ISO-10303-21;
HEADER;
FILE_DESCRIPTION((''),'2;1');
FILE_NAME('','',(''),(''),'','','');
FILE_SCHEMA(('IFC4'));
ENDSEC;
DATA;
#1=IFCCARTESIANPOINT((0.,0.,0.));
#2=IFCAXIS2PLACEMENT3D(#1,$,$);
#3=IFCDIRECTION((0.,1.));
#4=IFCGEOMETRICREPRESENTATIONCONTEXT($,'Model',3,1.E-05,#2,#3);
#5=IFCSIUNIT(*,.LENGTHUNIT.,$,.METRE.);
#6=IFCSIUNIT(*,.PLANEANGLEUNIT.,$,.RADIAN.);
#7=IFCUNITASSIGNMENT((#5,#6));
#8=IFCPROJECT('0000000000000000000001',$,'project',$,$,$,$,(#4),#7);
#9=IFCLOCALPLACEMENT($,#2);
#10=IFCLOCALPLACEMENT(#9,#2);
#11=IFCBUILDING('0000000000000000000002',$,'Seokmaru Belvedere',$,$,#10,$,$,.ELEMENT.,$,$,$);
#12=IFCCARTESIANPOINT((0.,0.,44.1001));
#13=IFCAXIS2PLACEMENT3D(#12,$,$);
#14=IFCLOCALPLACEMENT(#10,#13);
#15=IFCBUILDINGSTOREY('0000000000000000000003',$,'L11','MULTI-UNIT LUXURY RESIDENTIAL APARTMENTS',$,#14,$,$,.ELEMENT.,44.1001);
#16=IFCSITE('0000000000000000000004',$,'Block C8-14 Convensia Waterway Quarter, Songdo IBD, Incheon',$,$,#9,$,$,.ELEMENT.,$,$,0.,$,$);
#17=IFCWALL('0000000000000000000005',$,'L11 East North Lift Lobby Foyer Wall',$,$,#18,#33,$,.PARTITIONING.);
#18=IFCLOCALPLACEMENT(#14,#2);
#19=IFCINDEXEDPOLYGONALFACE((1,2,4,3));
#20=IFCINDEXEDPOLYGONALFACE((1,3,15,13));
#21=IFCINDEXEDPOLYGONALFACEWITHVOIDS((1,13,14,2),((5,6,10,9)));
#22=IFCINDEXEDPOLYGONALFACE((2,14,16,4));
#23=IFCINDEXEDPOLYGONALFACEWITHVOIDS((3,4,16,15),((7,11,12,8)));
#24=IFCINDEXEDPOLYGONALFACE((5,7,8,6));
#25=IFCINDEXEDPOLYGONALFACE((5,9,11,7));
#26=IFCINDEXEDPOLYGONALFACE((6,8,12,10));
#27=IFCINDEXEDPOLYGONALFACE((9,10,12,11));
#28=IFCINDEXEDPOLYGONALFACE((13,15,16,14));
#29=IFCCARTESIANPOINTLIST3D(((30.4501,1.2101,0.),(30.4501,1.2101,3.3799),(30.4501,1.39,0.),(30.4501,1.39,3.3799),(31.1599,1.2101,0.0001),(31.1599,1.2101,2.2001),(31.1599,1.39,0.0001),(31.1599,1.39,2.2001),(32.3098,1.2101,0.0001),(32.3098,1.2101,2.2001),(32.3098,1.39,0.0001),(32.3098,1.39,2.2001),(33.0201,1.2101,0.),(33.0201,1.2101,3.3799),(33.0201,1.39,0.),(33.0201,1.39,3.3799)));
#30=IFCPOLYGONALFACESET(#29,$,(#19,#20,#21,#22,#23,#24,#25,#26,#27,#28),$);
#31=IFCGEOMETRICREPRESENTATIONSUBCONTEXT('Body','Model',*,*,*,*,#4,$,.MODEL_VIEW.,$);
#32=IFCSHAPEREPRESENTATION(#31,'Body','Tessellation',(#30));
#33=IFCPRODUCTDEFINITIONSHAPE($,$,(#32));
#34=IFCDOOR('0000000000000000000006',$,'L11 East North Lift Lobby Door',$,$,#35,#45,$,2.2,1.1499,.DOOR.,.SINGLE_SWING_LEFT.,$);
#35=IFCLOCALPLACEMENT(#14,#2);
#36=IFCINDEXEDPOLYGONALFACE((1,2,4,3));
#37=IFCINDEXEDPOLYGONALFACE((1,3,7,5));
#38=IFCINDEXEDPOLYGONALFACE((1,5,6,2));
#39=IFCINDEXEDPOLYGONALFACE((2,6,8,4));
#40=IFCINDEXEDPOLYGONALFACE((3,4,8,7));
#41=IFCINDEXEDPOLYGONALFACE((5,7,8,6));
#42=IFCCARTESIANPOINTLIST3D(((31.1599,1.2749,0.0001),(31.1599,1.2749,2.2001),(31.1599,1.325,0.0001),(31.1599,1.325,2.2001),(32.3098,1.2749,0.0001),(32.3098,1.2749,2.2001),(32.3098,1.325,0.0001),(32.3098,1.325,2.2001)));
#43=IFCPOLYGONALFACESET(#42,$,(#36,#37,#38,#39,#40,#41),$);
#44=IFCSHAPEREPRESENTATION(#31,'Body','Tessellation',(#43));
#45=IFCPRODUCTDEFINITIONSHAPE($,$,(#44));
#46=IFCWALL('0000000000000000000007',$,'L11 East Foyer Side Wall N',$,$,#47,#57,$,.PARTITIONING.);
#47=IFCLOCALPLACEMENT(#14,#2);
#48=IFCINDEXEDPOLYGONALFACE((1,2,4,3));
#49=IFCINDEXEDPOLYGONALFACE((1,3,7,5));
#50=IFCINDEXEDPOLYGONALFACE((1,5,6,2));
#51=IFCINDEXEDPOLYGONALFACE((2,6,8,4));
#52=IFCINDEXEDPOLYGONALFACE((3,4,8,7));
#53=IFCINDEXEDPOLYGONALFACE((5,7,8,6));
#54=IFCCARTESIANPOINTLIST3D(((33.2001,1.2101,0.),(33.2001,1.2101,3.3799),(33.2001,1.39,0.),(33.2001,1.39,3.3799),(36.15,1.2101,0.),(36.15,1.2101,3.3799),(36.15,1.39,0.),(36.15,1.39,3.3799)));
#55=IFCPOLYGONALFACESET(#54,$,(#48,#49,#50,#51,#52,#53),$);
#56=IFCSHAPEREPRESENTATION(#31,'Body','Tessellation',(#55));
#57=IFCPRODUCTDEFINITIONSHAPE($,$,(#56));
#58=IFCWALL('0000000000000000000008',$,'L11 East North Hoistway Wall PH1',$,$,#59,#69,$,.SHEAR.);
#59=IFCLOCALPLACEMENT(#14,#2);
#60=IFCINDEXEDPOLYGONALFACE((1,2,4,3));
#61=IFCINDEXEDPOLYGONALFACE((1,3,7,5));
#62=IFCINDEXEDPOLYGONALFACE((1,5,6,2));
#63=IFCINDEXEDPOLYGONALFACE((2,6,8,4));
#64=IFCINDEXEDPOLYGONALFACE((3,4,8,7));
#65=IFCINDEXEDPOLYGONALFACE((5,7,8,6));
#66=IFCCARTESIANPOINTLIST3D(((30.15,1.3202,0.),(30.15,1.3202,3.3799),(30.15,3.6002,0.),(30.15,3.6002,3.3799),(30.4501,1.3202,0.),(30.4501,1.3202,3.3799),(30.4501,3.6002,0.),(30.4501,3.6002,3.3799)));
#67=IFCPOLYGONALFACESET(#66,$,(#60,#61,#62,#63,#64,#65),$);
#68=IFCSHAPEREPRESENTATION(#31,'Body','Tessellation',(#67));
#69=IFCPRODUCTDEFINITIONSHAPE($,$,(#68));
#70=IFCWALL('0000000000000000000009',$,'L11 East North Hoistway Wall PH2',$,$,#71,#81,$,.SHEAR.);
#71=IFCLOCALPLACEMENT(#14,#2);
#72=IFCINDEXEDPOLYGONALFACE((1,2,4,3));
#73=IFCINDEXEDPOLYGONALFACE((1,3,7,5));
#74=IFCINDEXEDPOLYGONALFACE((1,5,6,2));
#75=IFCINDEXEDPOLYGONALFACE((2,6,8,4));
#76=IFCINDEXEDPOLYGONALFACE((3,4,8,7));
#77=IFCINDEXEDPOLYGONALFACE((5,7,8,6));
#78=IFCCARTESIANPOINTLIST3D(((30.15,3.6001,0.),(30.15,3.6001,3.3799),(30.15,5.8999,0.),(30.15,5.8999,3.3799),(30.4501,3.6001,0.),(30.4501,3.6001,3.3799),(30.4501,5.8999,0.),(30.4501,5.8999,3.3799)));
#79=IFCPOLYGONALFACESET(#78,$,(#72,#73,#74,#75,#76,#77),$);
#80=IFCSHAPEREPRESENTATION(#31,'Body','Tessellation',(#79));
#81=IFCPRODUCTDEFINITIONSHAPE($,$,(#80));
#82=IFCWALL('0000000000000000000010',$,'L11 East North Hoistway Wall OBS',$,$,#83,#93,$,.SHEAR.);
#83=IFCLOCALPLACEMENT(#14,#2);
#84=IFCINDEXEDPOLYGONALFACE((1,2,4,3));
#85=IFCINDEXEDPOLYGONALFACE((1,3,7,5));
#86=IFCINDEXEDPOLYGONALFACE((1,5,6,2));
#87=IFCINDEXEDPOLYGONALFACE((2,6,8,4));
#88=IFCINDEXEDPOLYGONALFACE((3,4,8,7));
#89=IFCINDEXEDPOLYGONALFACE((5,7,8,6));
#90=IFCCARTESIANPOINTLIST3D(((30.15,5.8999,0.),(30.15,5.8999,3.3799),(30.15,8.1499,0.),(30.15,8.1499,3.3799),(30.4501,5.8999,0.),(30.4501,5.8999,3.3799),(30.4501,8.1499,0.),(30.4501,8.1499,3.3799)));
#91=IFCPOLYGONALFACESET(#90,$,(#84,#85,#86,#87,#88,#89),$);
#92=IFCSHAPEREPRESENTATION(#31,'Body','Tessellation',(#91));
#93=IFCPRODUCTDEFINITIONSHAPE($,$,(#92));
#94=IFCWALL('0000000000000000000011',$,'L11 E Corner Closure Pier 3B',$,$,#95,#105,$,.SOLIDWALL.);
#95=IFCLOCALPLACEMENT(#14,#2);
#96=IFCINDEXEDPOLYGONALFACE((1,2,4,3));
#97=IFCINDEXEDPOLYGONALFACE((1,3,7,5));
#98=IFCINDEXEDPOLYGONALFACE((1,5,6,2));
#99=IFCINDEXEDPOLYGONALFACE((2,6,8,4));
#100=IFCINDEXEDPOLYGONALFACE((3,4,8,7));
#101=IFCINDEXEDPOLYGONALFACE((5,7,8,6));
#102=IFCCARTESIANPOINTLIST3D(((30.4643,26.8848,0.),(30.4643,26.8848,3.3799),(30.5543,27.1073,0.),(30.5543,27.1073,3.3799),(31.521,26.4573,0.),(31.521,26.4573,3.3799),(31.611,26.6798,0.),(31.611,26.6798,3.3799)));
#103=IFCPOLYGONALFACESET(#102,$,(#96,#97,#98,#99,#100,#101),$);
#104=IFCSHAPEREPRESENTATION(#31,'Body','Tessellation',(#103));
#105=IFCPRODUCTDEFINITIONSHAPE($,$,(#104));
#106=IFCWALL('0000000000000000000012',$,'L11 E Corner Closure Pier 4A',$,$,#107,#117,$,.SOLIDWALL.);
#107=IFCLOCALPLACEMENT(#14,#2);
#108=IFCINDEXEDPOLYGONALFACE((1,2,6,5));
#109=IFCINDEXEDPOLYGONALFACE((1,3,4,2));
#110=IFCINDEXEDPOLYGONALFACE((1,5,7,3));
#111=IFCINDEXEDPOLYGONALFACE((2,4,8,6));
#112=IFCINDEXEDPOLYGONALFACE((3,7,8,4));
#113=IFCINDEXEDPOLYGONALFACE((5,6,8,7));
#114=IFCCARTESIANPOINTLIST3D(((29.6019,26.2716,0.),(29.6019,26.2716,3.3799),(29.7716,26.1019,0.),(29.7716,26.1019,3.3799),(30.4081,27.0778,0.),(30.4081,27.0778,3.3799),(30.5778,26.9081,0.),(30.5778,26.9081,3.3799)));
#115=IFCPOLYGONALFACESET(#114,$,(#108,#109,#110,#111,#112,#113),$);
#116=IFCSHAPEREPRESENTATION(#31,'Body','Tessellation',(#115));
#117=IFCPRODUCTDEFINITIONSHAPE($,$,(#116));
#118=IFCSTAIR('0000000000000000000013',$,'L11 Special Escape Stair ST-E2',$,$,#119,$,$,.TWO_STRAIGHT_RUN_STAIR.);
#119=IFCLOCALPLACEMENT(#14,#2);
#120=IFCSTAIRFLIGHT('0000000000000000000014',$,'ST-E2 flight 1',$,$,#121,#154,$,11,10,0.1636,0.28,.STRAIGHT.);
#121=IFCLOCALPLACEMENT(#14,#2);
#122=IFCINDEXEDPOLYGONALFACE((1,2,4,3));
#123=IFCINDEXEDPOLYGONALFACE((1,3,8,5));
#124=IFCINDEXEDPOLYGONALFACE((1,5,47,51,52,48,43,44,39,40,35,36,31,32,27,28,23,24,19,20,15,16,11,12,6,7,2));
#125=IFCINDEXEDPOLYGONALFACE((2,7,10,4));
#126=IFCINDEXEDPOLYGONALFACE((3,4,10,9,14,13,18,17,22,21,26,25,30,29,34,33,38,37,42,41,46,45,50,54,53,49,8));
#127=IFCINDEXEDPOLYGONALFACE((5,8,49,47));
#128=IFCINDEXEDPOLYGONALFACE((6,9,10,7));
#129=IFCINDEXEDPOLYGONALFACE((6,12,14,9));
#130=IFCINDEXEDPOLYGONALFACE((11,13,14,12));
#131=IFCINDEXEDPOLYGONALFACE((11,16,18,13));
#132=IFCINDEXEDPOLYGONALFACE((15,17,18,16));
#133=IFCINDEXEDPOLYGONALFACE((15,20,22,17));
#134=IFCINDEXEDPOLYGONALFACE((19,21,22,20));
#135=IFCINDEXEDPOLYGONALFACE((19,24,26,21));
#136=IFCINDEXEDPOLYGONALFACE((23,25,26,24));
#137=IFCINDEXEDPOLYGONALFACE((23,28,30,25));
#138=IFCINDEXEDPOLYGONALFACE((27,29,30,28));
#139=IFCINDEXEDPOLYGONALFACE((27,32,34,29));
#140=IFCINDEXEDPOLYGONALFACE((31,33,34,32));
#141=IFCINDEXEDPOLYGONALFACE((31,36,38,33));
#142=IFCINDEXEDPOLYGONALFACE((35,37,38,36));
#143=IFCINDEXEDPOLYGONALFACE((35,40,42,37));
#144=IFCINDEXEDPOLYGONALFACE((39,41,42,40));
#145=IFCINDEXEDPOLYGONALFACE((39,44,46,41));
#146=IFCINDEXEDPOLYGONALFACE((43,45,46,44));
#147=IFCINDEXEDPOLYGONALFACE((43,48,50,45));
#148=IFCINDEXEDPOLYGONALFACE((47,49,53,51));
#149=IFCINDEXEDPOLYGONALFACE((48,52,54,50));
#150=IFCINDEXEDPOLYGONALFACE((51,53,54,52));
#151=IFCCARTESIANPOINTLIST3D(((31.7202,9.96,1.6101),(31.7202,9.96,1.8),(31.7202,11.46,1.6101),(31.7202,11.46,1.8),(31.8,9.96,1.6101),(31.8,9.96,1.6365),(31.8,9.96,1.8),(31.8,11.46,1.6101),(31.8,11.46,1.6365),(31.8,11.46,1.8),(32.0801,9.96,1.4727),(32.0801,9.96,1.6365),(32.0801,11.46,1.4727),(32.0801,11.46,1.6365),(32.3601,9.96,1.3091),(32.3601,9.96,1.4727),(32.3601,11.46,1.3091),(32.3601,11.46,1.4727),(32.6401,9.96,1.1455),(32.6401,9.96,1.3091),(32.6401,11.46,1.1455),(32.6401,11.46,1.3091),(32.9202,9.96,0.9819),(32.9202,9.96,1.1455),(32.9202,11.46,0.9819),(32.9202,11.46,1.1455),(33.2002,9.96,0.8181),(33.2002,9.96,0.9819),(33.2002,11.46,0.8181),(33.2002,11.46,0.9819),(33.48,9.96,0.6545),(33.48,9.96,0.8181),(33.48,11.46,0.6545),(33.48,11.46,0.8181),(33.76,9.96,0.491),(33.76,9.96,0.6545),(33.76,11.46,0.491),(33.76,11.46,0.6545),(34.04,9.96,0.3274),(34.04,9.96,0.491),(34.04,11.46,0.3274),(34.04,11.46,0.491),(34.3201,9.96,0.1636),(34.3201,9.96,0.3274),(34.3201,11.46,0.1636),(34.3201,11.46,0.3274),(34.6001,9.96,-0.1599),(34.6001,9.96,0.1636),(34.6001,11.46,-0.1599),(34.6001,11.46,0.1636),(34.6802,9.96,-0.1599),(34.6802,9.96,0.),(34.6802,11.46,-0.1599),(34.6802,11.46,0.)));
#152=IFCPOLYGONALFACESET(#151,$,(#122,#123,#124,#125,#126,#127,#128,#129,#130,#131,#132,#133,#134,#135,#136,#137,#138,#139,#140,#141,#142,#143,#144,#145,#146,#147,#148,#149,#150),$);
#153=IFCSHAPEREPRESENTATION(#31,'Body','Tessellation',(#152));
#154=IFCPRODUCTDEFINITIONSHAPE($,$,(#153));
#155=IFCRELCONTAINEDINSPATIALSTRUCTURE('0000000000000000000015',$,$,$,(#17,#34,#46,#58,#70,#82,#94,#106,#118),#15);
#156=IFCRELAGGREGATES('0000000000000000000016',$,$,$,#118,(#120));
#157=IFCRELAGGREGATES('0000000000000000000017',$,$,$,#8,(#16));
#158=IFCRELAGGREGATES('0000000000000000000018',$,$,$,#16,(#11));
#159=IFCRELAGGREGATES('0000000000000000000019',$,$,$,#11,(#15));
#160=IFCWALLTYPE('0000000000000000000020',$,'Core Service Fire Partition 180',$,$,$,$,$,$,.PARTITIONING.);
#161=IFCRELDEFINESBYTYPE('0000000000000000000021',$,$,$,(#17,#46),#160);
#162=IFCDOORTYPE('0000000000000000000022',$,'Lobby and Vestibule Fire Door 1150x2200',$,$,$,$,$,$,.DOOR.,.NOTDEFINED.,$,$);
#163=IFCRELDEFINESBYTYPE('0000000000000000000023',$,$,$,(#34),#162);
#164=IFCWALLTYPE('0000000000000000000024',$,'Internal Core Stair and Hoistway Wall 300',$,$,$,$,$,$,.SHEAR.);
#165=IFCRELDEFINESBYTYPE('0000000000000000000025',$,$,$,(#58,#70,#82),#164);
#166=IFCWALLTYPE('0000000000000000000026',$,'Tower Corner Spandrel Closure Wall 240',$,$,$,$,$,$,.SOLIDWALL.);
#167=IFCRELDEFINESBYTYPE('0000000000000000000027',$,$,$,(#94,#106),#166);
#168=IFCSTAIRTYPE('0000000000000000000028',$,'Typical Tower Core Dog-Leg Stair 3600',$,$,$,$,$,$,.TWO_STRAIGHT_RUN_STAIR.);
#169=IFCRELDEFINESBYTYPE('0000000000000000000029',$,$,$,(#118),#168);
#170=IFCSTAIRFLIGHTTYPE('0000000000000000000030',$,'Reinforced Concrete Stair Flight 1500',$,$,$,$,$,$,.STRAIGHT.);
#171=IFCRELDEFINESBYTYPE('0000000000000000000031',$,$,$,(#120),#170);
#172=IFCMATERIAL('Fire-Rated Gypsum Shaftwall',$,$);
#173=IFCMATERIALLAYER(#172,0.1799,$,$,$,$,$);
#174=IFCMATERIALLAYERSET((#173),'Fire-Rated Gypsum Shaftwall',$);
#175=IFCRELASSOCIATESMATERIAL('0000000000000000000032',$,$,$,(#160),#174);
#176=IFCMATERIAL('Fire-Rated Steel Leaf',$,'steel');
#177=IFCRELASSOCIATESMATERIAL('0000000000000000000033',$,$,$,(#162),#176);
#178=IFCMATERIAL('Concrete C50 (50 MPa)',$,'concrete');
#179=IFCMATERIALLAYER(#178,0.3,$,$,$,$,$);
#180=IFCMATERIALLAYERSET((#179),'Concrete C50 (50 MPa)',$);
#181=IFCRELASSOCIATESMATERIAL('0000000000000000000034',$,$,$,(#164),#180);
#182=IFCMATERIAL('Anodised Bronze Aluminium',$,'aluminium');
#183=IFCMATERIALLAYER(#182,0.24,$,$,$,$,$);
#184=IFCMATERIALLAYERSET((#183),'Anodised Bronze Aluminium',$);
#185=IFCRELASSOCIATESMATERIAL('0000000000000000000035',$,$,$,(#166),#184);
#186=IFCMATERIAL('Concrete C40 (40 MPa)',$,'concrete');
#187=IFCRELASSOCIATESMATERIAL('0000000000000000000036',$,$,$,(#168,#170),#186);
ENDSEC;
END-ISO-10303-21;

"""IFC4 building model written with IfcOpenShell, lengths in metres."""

from ifc_helpers import new_model, si_unit, direction, frame, frame_2d, origin, place, context, subcontext, project, spatial, polyline, rectangle, outline, extrude, source, transform, mapped, material, layer, layer_set, type_object, type_shapes, element, fill, aggregate, save


model = new_model("IFC4")

# Units and contexts
model_context = context("Model", 3, precision=1e-05, world=origin(), true_north=direction((0.0, 1.0)))
body_context = subcontext(model_context, "Body", "Model", "MODEL_VIEW")
ifc_project = project(units=[si_unit("LENGTHUNIT", "METRE"), si_unit("PLANEANGLEUNIT", "RADIAN")], contexts=[model_context])

# Site, building, storey
site_placement = place(None, origin())
site = spatial("IfcSite", under=ifc_project, at=site_placement, Name="Block C8-14 Convensia Waterway Quarter, Songdo IBD, Incheon", CompositionType="ELEMENT", RefElevation=0.0)
building_placement = place(site_placement, origin())
building = spatial("IfcBuilding", under=site, at=building_placement, Name="Seokmaru Belvedere", CompositionType="ELEMENT")
storey_placement = place(building_placement, frame((0.0, 0.0, 44.1001)))
storey = spatial("IfcBuildingStorey", under=building, at=storey_placement, Name="L11", Description="MULTI-UNIT LUXURY RESIDENTIAL APARTMENTS", CompositionType="ELEMENT", Elevation=44.1001)

# Shared definitions
ifc_material_1 = material(Name="Anodised Bronze Aluminium", Category="aluminium")

# Shared definitions
ifc_material_2 = material(Name="Fire-Rated Gypsum Shaftwall")
ifc_layer_1 = layer(ifc_material_2, 0.1799)
ifc_layer_set_1 = layer_set([ifc_layer_1], Name="Fire-Rated Gypsum Shaftwall")
wall_type_1 = type_object("IfcWallType", Name="Core Service Fire Partition 180", PredefinedType="PARTITIONING", material=ifc_layer_set_1)

# Wall, opening, door
wall_1_placement = place(storey_placement, frame((30.45, 1.3, 0.0), z_axis=(0.0, 0.0, 1.0), x_axis=(1.0, 0.0, 0.0)))
wall_1 = element("IfcWall", 1, at=wall_1_placement, inside=storey, type_object=wall_type_1, Name="L11 East North Lift Lobby Foyer Wall", PredefinedType="PARTITIONING", context=body_context, shape_type="SweptSolid", body=[
    extrude(rectangle(XDim=2.5701, YDim=0.1799, at=frame_2d((1.2852, 0.0))), origin(), (0.0, 0.0, 1.0), 3.3799),
])
opening_1_placement = place(wall_1_placement, frame((0.71, 0.0, 0.0)))
opening_1 = element("IfcOpeningElement", 2, at=opening_1_placement, cuts=wall_1, PredefinedType="OPENING", context=body_context, shape_type="SweptSolid", body=[
    extrude(rectangle(XDim=1.1499, YDim=2.2, at=frame_2d((0.575, 1.1001))), frame((0.0, 0.1001, 0.0), z_axis=(0.0, -1.0, 0.0), x_axis=(1.0, 0.0, 0.0)), (0.0, 0.0, 1.0), 0.2),
])
ifc_material_3 = material(Name="Fire-Rated Steel Leaf", Category="steel")
door_type_1 = type_object("IfcDoorType", Name="Lobby and Vestibule Fire Door 1150x2200", OperationType="NOTDEFINED", PredefinedType="DOOR", material=ifc_material_3)
shared_shape_1 = source(origin(), body_context, "Body", "SweptSolid", [
    extrude(rectangle(XDim=1.1499, YDim=2.2, at=frame_2d((0.575, 1.1001))), frame((0.0, 0.0249, 0.0), z_axis=(0.0, -1.0, 0.0), x_axis=(1.0, 0.0, 0.0)), (0.0, 0.0, 1.0), 0.05),
])
type_shapes(door_type_1, [shared_shape_1])
door_1_placement = place(opening_1_placement, origin())
door_1 = element("IfcDoor", 3, at=door_1_placement, inside=storey, type_object=door_type_1, Name="L11 East North Lift Lobby Door", OperationType="SINGLE_SWING_LEFT", OverallHeight=2.2, OverallWidth=1.1499, PredefinedType="DOOR", context=body_context, shape_type="MappedRepresentation", body=[
    mapped(shared_shape_1, transform((0.0, 0.0, 0.0), scale=1.0)),
])
fill(opening_1, door_1)

# Walls
wall_2_placement = place(storey_placement, frame((33.2, 1.3, 0.0), z_axis=(0.0, 0.0, 1.0), x_axis=(1.0, 0.0, 0.0)))
element("IfcWall", 4, at=wall_2_placement, inside=storey, type_object=wall_type_1, Name="L11 East Foyer Side Wall N", PredefinedType="PARTITIONING", context=body_context, shape_type="SweptSolid", body=[
    extrude(rectangle(XDim=2.95, YDim=0.1799, at=frame_2d((1.4751, 0.0))), origin(), (0.0, 0.0, 1.0), 3.3799),
])
ifc_material_4 = material(Name="Concrete C50 (50 MPa)", Category="concrete")
ifc_layer_2 = layer(ifc_material_4, 0.3)
ifc_layer_set_2 = layer_set([ifc_layer_2], Name="Concrete C50 (50 MPa)")
wall_type_2 = type_object("IfcWallType", Name="Internal Core Stair and Hoistway Wall 300", PredefinedType="SHEAR", material=ifc_layer_set_2)
wall_3_placement = place(storey_placement, frame((30.3, 1.3201, 0.0), z_axis=(0.0, 0.0, 1.0), x_axis=(0.0, 1.0, 0.0)))
element("IfcWall", 5, at=wall_3_placement, inside=storey, type_object=wall_type_2, Name="L11 East North Hoistway Wall PH1", PredefinedType="SHEAR", context=body_context, shape_type="SweptSolid", body=[
    extrude(rectangle(XDim=2.28, YDim=0.3, at=frame_2d((1.1401, 0.0))), origin(), (0.0, 0.0, 1.0), 3.3799),
])
wall_4_placement = place(storey_placement, frame((30.3, 3.6001, 0.0), z_axis=(0.0, 0.0, 1.0), x_axis=(0.0, 1.0, 0.0)))
element("IfcWall", 6, at=wall_4_placement, inside=storey, type_object=wall_type_2, Name="L11 East North Hoistway Wall PH2", PredefinedType="SHEAR", context=body_context, shape_type="SweptSolid", body=[
    extrude(rectangle(XDim=2.2998, YDim=0.3, at=frame_2d((1.1499, 0.0))), origin(), (0.0, 0.0, 1.0), 3.3799),
])
wall_5_placement = place(storey_placement, frame((30.3, 5.8999, 0.0), z_axis=(0.0, 0.0, 1.0), x_axis=(0.0, 1.0, 0.0)))
element("IfcWall", 7, at=wall_5_placement, inside=storey, type_object=wall_type_2, Name="L11 East North Hoistway Wall OBS", PredefinedType="SHEAR", context=body_context, shape_type="SweptSolid", body=[
    extrude(rectangle(XDim=2.25, YDim=0.3, at=frame_2d((1.125, 0.0))), origin(), (0.0, 0.0, 1.0), 3.3799),
])

# Walls
ifc_layer_3 = layer(ifc_material_1, 0.24)
ifc_layer_set_3 = layer_set([ifc_layer_3], Name="Anodised Bronze Aluminium")
wall_type_3 = type_object("IfcWallType", Name="Tower Corner Spandrel Closure Wall 240", PredefinedType="SOLIDWALL", material=ifc_layer_set_3)
wall_6_placement = place(storey_placement, frame((31.5659, 26.5686, 0.0), z_axis=(0.0, 0.0, 1.0), x_axis=(-0.927007, 0.375044, 0.0)))
element("IfcWall", 8, at=wall_6_placement, inside=storey, type_object=wall_type_3, Name="L11 E Corner Closure Pier 3B", PredefinedType="SOLIDWALL", context=body_context, shape_type="SweptSolid", body=[
    extrude(rectangle(XDim=1.1399, YDim=0.24, at=frame_2d((0.5698, 0.0))), origin(), (0.0, 0.0, 1.0), 3.3799),
])
wall_7_placement = place(storey_placement, frame((30.4929, 26.9929, 0.0), z_axis=(0.0, 0.0, 1.0), x_axis=(-0.707107, -0.707107, 0.0)))
element("IfcWall", 9, at=wall_7_placement, inside=storey, type_object=wall_type_3, Name="L11 E Corner Closure Pier 4A", PredefinedType="SOLIDWALL", context=body_context, shape_type="SweptSolid", body=[
    extrude(rectangle(XDim=1.1401, YDim=0.24, at=frame_2d((0.5701, 0.0))), origin(), (0.0, 0.0, 1.0), 3.3799),
])

# Stair, stair flight
ifc_material_5 = material(Name="Concrete C40 (40 MPa)", Category="concrete")
stair_type = type_object("IfcStairType", Name="Typical Tower Core Dog-Leg Stair 3600", PredefinedType="TWO_STRAIGHT_RUN_STAIR", material=ifc_material_5)
stair_placement = place(storey_placement, origin())
stair = element("IfcStair", 10, at=stair_placement, inside=storey, type_object=stair_type, Name="L11 Special Escape Stair ST-E2", PredefinedType="TWO_STRAIGHT_RUN_STAIR")
stair_flight_type = type_object("IfcStairFlightType", Name="Reinforced Concrete Stair Flight 1500", PredefinedType="STRAIGHT", material=ifc_material_5)
stair_flight_1_placement = place(storey_placement, frame((34.6001, 10.71, 0.0), z_axis=(0.0, 0.0, 1.0), x_axis=(-1.0, 0.0, 0.0)))
stair_flight_1 = element("IfcStairFlight", 11, at=stair_flight_1_placement, type_object=stair_flight_type, Name="ST-E2 flight 1", NumberOfRisers=11, NumberOfTreads=10, PredefinedType="STRAIGHT", RiserHeight=0.1636, TreadLength=0.28, context=body_context, shape_type="SweptSolid", body=[
    extrude(outline(polyline([(-0.0801, 0.0), (0.0, 0.1636), (0.28, 0.1636), (0.28, 0.3274), (0.5601, 0.3274), (0.5601, 0.491), (0.8401, 0.491), (0.8401, 0.6545), (1.1201, 0.6545), (1.1201, 0.8181), (1.3999, 0.8181), (1.3999, 0.9819), (1.6799, 0.9819), (1.6799, 1.1455), (1.96, 1.1455), (1.96, 1.3091), (2.24, 1.3091), (2.24, 1.4727), (2.52, 1.4727), (2.52, 1.6365), (2.8, 1.6365), (2.8, 1.8), (2.8799, 1.8), (2.8799, 1.6101), (2.8, 1.6101), (0.0, -0.1599), (-0.0801, -0.1599), (-0.0801, 0.0)])), frame((0.0, 0.75, 0.0), z_axis=(0.0, -1.0, 0.0), x_axis=(1.0, 0.0, 0.0)), (0.0, 0.0, 1.0), 1.5),
])
aggregate(stair, [stair_flight_1])

save(model, "model.ifc")
